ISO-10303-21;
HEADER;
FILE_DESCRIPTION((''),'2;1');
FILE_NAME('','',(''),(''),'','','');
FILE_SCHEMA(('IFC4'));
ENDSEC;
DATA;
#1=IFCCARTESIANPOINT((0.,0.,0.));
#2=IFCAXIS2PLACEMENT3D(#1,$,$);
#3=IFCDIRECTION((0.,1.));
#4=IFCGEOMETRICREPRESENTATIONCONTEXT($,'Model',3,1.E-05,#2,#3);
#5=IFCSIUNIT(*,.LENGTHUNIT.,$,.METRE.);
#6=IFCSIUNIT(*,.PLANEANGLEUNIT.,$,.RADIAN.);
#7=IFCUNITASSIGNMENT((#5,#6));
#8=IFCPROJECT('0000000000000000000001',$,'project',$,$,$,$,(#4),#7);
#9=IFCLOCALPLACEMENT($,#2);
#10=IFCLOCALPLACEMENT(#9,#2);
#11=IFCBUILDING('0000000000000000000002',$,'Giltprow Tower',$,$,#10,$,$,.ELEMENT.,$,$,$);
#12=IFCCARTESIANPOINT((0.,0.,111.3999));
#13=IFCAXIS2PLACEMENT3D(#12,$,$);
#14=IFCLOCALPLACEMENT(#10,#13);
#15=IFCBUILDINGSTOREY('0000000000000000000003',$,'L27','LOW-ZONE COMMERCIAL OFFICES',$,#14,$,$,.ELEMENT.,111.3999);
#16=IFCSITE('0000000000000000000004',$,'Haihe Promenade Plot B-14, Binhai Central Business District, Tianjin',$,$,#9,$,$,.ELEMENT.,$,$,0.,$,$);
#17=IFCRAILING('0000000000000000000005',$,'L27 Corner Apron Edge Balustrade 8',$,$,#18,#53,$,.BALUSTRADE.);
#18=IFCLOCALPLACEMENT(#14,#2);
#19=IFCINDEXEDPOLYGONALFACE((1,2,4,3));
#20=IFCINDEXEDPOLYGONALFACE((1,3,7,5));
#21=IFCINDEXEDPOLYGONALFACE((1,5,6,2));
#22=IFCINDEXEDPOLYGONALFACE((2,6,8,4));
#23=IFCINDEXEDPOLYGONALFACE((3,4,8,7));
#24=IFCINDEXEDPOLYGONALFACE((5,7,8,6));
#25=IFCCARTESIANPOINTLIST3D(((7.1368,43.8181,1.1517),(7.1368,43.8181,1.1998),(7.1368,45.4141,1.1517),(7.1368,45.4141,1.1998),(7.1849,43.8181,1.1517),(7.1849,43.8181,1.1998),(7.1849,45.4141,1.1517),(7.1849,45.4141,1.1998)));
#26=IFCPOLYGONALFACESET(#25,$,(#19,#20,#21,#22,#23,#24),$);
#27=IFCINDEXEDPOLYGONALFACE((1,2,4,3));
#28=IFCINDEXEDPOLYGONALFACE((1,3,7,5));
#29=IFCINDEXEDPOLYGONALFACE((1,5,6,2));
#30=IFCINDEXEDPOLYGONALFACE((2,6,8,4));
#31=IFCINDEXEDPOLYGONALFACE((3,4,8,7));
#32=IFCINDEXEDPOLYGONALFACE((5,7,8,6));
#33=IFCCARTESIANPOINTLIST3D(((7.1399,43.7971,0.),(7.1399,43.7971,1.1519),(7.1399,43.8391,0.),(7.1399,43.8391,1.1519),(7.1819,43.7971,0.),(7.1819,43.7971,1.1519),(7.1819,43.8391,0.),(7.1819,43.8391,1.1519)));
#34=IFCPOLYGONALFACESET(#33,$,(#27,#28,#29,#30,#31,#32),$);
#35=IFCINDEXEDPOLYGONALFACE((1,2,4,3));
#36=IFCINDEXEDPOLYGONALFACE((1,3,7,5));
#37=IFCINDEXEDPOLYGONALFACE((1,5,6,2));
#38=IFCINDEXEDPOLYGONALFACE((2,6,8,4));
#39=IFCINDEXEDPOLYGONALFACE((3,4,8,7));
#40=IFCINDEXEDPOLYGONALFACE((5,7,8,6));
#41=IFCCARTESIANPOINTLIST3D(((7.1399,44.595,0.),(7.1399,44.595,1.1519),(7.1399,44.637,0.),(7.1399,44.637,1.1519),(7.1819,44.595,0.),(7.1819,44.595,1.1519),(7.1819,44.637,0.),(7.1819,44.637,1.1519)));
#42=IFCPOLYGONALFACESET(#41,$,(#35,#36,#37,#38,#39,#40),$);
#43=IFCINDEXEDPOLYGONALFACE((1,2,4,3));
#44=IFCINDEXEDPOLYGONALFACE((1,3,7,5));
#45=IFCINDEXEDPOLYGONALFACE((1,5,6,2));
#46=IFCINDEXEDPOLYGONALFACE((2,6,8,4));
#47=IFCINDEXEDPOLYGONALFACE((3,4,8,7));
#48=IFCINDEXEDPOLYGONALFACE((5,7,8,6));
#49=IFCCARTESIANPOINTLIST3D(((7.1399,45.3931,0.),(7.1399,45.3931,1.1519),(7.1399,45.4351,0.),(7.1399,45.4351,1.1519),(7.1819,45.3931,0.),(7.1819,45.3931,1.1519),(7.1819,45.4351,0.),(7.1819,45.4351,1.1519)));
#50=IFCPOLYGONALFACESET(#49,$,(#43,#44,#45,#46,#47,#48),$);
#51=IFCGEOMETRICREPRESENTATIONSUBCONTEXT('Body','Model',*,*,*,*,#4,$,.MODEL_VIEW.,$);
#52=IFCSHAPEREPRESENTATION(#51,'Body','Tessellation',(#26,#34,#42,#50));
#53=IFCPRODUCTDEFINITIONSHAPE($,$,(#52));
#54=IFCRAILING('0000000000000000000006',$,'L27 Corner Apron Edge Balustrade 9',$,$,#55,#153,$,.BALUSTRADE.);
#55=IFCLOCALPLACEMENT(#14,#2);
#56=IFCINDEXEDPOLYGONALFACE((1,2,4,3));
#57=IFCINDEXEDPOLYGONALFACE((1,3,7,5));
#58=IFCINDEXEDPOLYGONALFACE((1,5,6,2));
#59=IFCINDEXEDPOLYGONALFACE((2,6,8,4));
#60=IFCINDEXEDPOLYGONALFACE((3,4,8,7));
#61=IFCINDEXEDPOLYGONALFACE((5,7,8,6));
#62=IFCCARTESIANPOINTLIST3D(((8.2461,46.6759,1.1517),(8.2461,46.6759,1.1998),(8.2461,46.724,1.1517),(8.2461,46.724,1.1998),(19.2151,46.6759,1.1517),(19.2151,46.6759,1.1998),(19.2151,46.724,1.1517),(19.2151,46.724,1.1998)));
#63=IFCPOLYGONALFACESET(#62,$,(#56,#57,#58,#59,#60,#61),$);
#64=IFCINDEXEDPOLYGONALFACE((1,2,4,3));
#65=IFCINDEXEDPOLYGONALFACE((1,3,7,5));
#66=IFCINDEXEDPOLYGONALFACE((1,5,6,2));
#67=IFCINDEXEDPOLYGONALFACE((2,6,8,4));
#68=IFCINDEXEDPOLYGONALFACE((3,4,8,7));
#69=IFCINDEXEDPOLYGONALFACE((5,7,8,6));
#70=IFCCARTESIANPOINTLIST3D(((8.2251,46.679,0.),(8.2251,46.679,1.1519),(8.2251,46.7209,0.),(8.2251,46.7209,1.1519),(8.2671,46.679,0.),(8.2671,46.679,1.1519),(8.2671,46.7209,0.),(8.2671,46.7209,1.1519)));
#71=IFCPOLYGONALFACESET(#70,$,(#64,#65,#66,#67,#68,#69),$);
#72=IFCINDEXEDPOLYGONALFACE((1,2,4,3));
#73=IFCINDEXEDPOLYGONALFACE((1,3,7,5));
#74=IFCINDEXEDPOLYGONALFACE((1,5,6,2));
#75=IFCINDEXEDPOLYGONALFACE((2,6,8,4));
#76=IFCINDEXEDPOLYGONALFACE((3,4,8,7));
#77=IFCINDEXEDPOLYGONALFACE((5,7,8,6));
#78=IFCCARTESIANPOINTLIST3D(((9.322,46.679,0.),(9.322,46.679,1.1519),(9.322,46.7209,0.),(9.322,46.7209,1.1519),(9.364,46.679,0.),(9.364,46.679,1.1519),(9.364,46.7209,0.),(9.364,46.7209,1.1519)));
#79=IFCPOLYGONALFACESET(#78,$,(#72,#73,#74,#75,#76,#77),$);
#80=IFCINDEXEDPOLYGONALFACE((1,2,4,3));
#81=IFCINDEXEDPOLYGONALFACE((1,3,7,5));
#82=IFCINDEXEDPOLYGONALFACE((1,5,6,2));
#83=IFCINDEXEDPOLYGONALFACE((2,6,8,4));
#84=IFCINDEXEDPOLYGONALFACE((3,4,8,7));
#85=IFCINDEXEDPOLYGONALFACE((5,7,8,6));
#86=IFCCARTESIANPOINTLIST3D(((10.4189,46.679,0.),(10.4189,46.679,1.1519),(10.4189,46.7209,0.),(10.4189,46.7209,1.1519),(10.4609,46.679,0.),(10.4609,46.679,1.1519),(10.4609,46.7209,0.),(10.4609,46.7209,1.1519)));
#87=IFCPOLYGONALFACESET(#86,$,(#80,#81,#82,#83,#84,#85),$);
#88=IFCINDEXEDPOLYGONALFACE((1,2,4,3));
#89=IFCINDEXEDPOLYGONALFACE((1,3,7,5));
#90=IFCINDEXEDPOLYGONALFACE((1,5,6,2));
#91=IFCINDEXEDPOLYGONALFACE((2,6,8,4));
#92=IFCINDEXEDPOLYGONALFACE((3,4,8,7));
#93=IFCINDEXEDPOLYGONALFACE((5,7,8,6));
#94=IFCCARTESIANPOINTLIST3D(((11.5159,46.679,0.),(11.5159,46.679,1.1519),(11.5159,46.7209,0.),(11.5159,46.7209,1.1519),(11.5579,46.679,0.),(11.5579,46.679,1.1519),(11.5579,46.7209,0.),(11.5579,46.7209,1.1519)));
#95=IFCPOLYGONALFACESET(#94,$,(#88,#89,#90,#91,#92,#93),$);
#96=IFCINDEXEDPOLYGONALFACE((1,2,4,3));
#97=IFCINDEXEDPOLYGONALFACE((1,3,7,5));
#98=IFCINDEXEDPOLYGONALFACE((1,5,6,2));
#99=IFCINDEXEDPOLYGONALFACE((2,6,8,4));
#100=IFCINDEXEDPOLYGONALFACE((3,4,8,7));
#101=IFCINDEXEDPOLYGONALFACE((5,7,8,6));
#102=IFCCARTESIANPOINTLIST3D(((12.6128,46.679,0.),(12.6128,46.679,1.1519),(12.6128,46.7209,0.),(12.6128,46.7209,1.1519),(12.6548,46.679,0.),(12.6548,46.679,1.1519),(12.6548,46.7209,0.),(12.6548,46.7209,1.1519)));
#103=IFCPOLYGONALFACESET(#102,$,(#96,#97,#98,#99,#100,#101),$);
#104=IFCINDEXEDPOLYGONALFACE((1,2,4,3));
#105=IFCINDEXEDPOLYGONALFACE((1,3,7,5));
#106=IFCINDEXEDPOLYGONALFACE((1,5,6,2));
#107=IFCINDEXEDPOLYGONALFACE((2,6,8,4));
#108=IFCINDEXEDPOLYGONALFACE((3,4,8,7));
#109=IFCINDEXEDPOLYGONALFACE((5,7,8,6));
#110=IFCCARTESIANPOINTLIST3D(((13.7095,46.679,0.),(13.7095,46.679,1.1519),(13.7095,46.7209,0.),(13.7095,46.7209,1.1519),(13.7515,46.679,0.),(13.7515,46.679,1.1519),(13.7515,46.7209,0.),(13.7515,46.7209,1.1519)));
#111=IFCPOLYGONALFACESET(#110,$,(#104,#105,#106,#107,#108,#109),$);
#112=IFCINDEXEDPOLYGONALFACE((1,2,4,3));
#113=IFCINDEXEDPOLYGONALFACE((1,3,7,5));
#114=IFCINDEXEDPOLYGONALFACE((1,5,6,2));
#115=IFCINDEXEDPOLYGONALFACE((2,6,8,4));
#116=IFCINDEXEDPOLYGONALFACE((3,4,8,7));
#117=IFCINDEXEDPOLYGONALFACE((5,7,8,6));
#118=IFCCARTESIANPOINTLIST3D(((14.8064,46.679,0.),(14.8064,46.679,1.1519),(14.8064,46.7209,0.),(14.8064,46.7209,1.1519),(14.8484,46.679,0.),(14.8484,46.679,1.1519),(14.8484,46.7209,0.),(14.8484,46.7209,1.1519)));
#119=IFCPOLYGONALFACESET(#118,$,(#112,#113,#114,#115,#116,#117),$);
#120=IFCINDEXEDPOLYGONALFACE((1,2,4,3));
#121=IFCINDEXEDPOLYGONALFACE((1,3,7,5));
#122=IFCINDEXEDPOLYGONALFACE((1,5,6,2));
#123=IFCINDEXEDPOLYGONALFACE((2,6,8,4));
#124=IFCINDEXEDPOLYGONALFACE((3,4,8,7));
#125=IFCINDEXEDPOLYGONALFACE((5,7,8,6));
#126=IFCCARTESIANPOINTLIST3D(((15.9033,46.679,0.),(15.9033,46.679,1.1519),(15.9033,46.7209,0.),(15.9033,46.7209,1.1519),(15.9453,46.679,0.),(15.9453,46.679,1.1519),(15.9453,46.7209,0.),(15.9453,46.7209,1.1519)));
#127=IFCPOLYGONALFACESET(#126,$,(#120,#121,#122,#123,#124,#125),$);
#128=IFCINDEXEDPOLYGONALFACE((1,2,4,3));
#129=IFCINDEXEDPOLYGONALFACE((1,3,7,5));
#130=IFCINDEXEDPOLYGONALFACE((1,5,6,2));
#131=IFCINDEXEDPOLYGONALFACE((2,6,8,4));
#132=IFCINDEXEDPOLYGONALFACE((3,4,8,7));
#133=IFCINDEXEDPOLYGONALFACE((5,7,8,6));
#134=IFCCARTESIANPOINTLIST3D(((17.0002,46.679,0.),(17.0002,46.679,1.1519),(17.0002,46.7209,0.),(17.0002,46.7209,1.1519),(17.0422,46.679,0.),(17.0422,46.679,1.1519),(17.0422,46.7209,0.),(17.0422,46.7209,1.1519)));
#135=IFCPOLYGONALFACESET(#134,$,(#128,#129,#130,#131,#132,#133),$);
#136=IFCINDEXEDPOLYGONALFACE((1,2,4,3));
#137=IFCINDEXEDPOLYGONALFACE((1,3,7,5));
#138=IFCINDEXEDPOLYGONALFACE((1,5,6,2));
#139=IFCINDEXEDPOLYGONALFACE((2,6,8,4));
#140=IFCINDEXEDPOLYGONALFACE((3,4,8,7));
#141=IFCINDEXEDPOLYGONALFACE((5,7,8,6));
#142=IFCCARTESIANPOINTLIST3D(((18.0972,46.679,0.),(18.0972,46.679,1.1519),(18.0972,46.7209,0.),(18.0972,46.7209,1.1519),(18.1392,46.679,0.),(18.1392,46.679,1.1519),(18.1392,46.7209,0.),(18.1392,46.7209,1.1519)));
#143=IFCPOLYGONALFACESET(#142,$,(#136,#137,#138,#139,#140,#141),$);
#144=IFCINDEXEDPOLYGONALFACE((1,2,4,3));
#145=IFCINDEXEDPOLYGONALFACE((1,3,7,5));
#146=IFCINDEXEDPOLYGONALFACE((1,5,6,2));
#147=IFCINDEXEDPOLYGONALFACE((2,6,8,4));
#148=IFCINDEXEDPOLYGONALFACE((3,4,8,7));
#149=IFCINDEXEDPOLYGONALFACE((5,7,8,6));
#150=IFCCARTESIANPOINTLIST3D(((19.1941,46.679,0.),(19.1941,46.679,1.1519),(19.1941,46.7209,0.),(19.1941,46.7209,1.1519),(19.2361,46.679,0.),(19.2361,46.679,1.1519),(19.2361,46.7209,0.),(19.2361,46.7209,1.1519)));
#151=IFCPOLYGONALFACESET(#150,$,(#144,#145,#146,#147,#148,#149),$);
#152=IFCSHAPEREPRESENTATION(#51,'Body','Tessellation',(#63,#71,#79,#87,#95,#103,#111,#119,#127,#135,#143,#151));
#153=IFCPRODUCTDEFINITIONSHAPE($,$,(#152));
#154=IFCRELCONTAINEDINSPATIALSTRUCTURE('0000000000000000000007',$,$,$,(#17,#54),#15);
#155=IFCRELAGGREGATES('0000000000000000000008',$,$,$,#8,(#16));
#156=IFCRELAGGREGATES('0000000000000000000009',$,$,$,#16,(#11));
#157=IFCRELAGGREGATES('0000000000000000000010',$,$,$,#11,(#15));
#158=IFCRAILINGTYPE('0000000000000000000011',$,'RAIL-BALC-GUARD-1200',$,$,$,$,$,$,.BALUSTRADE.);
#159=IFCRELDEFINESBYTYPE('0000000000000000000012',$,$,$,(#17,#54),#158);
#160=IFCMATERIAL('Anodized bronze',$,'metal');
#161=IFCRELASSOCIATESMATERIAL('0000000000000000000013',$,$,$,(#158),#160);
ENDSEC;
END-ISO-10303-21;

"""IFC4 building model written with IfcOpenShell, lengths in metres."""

from ifc_helpers import new_model, si_unit, direction, frame, origin, origin_2d, place, context, subcontext, project, spatial, rectangle, extrude, material, type_object, element, save


model = new_model("IFC4")

# Units and contexts
model_context = context("Model", 3, precision=1e-05, world=origin(), true_north=direction((0.0, 1.0)))
body_context = subcontext(model_context, "Body", "Model", "MODEL_VIEW")
ifc_project = project(units=[si_unit("LENGTHUNIT", "METRE"), si_unit("PLANEANGLEUNIT", "RADIAN")], contexts=[model_context])

# Site, building, storey
site_placement = place(None, origin())
site = spatial("IfcSite", under=ifc_project, at=site_placement, Name="Haihe Promenade Plot B-14, Binhai Central Business District, Tianjin", CompositionType="ELEMENT", RefElevation=0.0)
building_placement = place(site_placement, origin())
building = spatial("IfcBuilding", under=site, at=building_placement, Name="Giltprow Tower", CompositionType="ELEMENT")
storey_placement = place(building_placement, frame((0.0, 0.0, 111.3999)))
storey = spatial("IfcBuildingStorey", under=building, at=storey_placement, Name="L27", Description="LOW-ZONE COMMERCIAL OFFICES", CompositionType="ELEMENT", Elevation=111.3999)

# Railings
ifc_material_1 = material(Name="Anodized bronze", Category="metal")
railing_type = type_object("IfcRailingType", Name="RAIL-BALC-GUARD-1200", PredefinedType="BALUSTRADE", material=ifc_material_1)
railing_1_placement = place(storey_placement, frame((7.1609, 43.8181, 0.0)))
element("IfcRailing", 1, at=railing_1_placement, inside=storey, type_object=railing_type, Name="L27 Corner Apron Edge Balustrade 8", PredefinedType="BALUSTRADE", context=body_context, shape_type="SweptSolid", body=[
    extrude(rectangle(XDim=0.0481, YDim=0.0481, at=origin_2d()), frame((0.0, 0.0, 1.1758), z_axis=(0.0, 1.0, 0.0), x_axis=(-1.0, 0.0, 0.0)), (0.0, 0.0, 1.0), 1.5959),
    extrude(rectangle(XDim=0.042, YDim=0.042, at=origin_2d()), origin(), (0.0, 0.0, 1.0), 1.1519),
    extrude(rectangle(XDim=0.042, YDim=0.042, at=origin_2d()), frame((0.0, 0.7979, 0.0)), (0.0, 0.0, 1.0), 1.1519),
    extrude(rectangle(XDim=0.042, YDim=0.042, at=origin_2d()), frame((0.0, 1.5959, 0.0)), (0.0, 0.0, 1.0), 1.1519),
])
railing_2_placement = place(storey_placement, frame((8.2461, 46.7, 0.0)))
element("IfcRailing", 2, at=railing_2_placement, inside=storey, type_object=railing_type, Name="L27 Corner Apron Edge Balustrade 9", PredefinedType="BALUSTRADE", context=body_context, shape_type="SweptSolid", body=[
    extrude(rectangle(XDim=0.0481, YDim=0.0481, at=origin_2d()), frame((0.0, 0.0, 1.1758), z_axis=(1.0, 0.0, 0.0), x_axis=(0.0, 1.0, 0.0)), (0.0, 0.0, 1.0), 10.969),
    extrude(rectangle(XDim=0.042, YDim=0.042, at=origin_2d()), origin(), (0.0, 0.0, 1.0), 1.1519),
    extrude(rectangle(XDim=0.042, YDim=0.042, at=origin_2d()), frame((1.0969, 0.0, 0.0)), (0.0, 0.0, 1.0), 1.1519),
    extrude(rectangle(XDim=0.042, YDim=0.042, at=origin_2d()), frame((2.1938, 0.0, 0.0)), (0.0, 0.0, 1.0), 1.1519),
    extrude(rectangle(XDim=0.042, YDim=0.042, at=origin_2d()), frame((3.2908, 0.0, 0.0)), (0.0, 0.0, 1.0), 1.1519),
    extrude(rectangle(XDim=0.042, YDim=0.042, at=origin_2d()), frame((4.3877, 0.0, 0.0)), (0.0, 0.0, 1.0), 1.1519),
    extrude(rectangle(XDim=0.042, YDim=0.042, at=origin_2d()), frame((5.4844, 0.0, 0.0)), (0.0, 0.0, 1.0), 1.1519),
    extrude(rectangle(XDim=0.042, YDim=0.042, at=origin_2d()), frame((6.5813, 0.0, 0.0)), (0.0, 0.0, 1.0), 1.1519),
    extrude(rectangle(XDim=0.042, YDim=0.042, at=origin_2d()), frame((7.6782, 0.0, 0.0)), (0.0, 0.0, 1.0), 1.1519),
    extrude(rectangle(XDim=0.042, YDim=0.042, at=origin_2d()), frame((8.7751, 0.0, 0.0)), (0.0, 0.0, 1.0), 1.1519),
    extrude(rectangle(XDim=0.042, YDim=0.042, at=origin_2d()), frame((9.8721, 0.0, 0.0)), (0.0, 0.0, 1.0), 1.1519),
    extrude(rectangle(XDim=0.042, YDim=0.042, at=origin_2d()), frame((10.969, 0.0, 0.0)), (0.0, 0.0, 1.0), 1.1519),
])

save(model, "model.ifc")
